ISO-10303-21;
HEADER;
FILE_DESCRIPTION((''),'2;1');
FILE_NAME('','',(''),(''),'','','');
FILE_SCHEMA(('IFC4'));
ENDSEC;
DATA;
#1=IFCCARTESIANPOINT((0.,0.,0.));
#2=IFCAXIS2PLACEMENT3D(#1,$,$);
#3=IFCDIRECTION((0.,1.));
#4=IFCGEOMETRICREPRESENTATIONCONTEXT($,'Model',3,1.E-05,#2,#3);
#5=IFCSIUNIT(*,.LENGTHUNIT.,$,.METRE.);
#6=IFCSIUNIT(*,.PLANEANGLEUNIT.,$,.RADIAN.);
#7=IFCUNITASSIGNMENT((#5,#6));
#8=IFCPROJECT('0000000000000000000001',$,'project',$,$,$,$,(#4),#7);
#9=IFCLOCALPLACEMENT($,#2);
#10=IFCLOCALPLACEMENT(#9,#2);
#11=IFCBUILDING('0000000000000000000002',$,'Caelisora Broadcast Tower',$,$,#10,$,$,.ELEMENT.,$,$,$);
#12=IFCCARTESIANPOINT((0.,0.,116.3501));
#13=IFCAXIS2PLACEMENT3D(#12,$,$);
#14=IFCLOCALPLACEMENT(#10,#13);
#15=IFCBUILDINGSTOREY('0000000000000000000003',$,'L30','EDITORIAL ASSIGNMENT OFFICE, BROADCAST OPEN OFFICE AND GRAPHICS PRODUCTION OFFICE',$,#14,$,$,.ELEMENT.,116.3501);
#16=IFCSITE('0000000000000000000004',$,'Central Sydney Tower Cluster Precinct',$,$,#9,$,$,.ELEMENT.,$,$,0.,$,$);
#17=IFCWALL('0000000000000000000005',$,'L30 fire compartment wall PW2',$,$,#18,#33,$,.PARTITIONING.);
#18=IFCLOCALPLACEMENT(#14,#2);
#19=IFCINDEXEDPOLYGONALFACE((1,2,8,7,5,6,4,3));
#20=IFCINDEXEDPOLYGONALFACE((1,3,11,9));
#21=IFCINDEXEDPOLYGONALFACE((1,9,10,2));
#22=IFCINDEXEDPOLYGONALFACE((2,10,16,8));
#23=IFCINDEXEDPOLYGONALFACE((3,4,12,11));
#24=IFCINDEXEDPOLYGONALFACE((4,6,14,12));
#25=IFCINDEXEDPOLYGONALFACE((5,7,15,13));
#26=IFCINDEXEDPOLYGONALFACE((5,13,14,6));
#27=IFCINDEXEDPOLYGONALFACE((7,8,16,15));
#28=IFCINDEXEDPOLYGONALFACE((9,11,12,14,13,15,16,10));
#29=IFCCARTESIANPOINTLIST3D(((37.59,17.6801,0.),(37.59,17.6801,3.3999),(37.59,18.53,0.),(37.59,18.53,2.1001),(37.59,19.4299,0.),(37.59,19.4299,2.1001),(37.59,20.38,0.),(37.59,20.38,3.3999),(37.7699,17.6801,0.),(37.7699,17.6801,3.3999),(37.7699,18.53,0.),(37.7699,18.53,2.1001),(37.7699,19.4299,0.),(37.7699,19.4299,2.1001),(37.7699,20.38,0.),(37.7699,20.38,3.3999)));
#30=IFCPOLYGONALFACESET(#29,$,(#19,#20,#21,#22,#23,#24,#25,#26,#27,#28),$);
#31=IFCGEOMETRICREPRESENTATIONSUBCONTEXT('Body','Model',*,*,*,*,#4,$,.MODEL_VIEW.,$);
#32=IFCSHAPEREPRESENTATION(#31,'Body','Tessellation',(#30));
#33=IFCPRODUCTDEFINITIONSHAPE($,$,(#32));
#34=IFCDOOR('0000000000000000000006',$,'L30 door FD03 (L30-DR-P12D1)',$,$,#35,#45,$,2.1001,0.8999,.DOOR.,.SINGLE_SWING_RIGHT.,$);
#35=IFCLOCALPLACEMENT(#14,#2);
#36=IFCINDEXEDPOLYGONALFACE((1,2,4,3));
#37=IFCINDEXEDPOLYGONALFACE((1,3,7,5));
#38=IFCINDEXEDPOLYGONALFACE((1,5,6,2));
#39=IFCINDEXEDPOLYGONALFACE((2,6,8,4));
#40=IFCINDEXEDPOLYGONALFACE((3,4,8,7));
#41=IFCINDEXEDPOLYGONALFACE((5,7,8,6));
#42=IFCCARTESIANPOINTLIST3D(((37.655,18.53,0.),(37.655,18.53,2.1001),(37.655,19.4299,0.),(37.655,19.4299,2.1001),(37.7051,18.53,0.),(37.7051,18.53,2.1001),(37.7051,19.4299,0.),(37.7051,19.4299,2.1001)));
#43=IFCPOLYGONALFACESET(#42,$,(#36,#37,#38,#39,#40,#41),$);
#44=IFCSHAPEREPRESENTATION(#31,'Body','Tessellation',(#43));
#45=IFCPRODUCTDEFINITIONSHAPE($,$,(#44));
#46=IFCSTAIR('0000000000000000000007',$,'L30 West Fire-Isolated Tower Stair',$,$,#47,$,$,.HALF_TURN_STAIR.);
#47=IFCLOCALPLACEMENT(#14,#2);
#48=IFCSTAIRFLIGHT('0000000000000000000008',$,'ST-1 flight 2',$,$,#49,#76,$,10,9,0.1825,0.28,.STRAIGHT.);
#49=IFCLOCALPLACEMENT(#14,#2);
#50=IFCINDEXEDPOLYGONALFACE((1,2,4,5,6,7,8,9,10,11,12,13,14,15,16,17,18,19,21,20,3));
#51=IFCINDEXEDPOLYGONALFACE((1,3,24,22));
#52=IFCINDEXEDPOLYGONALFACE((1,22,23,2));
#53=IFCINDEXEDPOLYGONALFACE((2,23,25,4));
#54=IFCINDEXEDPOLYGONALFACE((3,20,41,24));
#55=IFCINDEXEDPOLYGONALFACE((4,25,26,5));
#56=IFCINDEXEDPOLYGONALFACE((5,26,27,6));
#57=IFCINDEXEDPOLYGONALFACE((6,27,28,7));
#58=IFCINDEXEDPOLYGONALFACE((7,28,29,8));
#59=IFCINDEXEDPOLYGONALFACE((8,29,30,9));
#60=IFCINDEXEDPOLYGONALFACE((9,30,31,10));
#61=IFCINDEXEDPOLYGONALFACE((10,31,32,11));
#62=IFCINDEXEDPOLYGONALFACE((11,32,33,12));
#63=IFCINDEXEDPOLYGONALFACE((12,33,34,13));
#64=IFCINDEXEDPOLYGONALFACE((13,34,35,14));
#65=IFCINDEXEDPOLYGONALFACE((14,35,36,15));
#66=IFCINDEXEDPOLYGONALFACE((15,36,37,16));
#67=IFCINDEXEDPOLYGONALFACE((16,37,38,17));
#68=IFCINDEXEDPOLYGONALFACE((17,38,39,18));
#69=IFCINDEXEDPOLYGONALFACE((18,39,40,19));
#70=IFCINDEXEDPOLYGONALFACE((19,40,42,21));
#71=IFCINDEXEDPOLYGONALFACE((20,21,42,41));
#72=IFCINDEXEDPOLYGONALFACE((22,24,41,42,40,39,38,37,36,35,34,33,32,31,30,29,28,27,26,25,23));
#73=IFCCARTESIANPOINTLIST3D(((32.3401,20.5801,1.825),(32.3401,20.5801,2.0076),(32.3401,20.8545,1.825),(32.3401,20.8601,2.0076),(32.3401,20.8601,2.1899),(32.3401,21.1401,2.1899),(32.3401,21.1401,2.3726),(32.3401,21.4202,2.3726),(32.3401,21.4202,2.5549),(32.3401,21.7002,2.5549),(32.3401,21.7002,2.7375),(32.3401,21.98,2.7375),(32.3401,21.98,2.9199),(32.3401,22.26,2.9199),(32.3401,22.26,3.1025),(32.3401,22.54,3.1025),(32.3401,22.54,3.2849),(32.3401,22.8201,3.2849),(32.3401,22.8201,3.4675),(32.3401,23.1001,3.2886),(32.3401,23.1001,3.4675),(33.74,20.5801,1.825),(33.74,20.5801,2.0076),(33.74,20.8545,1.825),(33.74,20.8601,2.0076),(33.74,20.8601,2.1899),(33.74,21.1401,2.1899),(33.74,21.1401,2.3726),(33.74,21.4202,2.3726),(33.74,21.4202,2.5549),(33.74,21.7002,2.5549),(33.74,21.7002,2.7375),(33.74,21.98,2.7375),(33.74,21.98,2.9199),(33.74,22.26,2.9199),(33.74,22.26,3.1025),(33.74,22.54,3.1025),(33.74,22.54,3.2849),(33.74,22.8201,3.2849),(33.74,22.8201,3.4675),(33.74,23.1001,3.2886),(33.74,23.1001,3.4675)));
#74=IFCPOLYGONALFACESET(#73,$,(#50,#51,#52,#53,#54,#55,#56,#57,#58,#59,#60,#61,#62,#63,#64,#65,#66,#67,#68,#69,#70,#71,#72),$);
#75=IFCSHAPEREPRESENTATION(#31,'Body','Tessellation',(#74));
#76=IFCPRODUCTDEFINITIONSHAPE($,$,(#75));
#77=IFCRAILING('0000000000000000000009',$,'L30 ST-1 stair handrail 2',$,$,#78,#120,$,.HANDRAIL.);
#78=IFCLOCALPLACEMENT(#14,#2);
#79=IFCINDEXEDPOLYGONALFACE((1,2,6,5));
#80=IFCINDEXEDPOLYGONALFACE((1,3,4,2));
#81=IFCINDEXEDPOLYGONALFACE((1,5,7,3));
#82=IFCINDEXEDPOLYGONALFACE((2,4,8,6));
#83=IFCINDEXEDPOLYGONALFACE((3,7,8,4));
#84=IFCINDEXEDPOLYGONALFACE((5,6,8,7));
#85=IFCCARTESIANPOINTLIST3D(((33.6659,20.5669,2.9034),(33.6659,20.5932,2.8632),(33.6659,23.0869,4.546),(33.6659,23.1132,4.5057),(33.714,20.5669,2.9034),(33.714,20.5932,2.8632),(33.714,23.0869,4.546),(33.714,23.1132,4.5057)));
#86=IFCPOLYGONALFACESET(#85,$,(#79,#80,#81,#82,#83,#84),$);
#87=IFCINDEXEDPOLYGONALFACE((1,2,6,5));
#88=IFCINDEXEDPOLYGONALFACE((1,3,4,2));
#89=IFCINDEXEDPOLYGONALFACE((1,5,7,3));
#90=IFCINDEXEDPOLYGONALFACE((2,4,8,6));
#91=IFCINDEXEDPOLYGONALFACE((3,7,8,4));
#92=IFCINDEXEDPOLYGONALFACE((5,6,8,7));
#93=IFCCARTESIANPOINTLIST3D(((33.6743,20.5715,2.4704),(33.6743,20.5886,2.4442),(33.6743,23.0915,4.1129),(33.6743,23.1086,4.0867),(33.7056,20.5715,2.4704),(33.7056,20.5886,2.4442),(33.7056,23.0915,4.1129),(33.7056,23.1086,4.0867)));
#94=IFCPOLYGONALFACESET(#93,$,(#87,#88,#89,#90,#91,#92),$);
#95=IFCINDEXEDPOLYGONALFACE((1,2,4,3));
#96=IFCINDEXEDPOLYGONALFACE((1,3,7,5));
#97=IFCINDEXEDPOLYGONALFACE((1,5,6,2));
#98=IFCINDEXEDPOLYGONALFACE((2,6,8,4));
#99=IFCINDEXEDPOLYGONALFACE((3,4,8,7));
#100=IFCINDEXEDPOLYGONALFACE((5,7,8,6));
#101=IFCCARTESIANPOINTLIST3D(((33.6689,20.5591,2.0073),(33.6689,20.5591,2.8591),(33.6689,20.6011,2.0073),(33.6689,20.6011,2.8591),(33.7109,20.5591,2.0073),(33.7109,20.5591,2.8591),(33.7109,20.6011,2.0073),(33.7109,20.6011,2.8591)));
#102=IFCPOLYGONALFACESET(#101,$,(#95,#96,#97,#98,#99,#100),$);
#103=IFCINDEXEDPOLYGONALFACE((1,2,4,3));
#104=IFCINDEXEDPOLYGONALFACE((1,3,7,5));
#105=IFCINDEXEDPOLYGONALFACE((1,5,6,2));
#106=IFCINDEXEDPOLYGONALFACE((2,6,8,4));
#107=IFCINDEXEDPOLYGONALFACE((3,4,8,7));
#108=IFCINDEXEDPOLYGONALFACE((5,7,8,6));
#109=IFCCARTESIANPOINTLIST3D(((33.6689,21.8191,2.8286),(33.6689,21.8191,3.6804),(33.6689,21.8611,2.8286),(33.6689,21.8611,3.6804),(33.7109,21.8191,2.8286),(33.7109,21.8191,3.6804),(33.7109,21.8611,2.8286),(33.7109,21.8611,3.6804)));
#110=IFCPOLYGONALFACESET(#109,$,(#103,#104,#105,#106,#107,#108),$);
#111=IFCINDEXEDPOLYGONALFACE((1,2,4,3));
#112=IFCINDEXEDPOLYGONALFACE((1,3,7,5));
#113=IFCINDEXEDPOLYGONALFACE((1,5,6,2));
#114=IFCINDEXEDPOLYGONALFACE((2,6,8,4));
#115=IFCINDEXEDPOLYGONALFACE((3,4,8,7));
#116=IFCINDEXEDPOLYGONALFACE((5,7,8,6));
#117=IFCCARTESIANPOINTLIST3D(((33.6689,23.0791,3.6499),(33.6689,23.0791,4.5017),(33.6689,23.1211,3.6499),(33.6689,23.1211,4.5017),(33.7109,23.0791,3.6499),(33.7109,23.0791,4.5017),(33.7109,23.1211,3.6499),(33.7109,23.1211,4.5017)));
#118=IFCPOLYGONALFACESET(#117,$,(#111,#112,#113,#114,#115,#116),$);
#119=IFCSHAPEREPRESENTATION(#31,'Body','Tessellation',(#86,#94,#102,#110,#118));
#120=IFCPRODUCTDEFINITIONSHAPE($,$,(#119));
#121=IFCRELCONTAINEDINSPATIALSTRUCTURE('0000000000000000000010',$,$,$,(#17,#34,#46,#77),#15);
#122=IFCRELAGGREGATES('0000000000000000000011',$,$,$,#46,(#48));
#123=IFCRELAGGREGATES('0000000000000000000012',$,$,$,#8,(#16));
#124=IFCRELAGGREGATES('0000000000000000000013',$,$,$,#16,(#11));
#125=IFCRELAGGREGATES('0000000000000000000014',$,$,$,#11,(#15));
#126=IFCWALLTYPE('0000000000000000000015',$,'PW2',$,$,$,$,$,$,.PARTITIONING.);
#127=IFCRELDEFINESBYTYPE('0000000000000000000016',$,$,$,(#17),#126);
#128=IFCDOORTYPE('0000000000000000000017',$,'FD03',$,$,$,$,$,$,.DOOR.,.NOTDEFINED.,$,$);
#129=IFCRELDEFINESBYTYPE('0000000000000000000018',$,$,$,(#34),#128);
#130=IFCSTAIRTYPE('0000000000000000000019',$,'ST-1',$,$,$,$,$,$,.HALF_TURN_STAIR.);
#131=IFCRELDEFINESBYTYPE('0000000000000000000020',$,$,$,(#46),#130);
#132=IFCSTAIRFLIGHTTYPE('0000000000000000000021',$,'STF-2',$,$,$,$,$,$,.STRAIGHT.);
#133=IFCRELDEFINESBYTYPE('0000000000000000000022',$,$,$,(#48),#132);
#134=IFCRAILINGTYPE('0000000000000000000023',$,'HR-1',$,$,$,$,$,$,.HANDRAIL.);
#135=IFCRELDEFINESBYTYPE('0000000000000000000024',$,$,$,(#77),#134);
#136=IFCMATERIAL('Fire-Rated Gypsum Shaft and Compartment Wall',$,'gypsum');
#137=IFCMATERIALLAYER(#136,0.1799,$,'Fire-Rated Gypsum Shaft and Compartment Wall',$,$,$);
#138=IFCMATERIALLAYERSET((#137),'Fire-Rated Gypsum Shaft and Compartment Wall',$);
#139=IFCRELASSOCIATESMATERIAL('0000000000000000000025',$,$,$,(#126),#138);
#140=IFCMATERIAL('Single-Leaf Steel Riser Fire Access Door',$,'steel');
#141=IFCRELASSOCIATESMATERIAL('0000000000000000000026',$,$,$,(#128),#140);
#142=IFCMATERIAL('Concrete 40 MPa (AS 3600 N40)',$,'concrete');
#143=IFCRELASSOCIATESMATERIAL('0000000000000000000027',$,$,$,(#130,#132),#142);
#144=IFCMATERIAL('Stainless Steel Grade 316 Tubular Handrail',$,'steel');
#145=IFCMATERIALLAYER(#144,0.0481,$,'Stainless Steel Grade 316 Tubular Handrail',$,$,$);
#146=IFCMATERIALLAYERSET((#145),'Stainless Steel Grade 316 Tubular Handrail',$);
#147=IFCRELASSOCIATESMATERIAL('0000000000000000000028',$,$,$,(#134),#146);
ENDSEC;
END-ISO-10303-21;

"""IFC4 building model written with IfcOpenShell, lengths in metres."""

from ifc_helpers import new_model, si_unit, direction, frame, frame_2d, origin, origin_2d, place, context, subcontext, project, spatial, polyline, rectangle, outline, extrude, material, layer, layer_set, type_object, element, fill, aggregate, save


model = new_model("IFC4")

# Units and contexts
model_context = context("Model", 3, precision=1e-05, world=origin(), true_north=direction((0.0, 1.0)))
body_context = subcontext(model_context, "Body", "Model", "MODEL_VIEW")
ifc_project = project(units=[si_unit("LENGTHUNIT", "METRE"), si_unit("PLANEANGLEUNIT", "RADIAN")], contexts=[model_context])

# Site, building, storey
site_placement = place(None, origin())
site = spatial("IfcSite", under=ifc_project, at=site_placement, Name="Central Sydney Tower Cluster Precinct", CompositionType="ELEMENT", RefElevation=0.0)
building_placement = place(site_placement, origin())
building = spatial("IfcBuilding", under=site, at=building_placement, Name="Caelisora Broadcast Tower", CompositionType="ELEMENT")
storey_placement = place(building_placement, frame((0.0, 0.0, 116.3501)))
storey = spatial("IfcBuildingStorey", under=building, at=storey_placement, Name="L30", Description="EDITORIAL ASSIGNMENT OFFICE, BROADCAST OPEN OFFICE AND GRAPHICS PRODUCTION OFFICE", CompositionType="ELEMENT", Elevation=116.3501)

# Shared definitions
ifc_material_1 = material(Name="Fire-Rated Gypsum Shaft and Compartment Wall", Category="gypsum")
ifc_layer_1 = layer(ifc_material_1, 0.1799, Name="Fire-Rated Gypsum Shaft and Compartment Wall")
ifc_layer_set_1 = layer_set([ifc_layer_1], Name="Fire-Rated Gypsum Shaft and Compartment Wall")
wall_type_1 = type_object("IfcWallType", Name="PW2", PredefinedType="PARTITIONING", material=ifc_layer_set_1)

# Wall, opening, door
ifc_material_2 = material(Name="Single-Leaf Steel Riser Fire Access Door", Category="steel")
door_type_1 = type_object("IfcDoorType", Name="FD03", OperationType="NOTDEFINED", PredefinedType="DOOR", material=ifc_material_2)
wall_1_placement = place(storey_placement, frame((37.6799, 17.6799, 0.0), z_axis=(0.0, 0.0, 1.0), x_axis=(0.0, 1.0, 0.0)))
wall_1 = element("IfcWall", 1, at=wall_1_placement, inside=storey, type_object=wall_type_1, Name="L30 fire compartment wall PW2", PredefinedType="PARTITIONING", context=body_context, shape_type="SweptSolid", body=[
    extrude(rectangle(XDim=2.7, YDim=0.1799, at=frame_2d((1.3501, 0.0))), origin(), (0.0, 0.0, 1.0), 3.3999),
])
opening_1_placement = place(wall_1_placement, frame((0.8501, 0.0, 0.0)))
opening_1 = element("IfcOpeningElement", 2, at=opening_1_placement, cuts=wall_1, PredefinedType="OPENING", context=body_context, shape_type="SweptSolid", body=[
    extrude(rectangle(XDim=0.8999, YDim=2.1001, at=frame_2d((0.45, 1.05))), frame((0.0, 0.1021, 0.0), z_axis=(0.0, -1.0, 0.0), x_axis=(1.0, 0.0, 0.0)), (0.0, 0.0, 1.0), 0.2039),
])
door_1_placement = place(opening_1_placement, origin())
door_1 = element("IfcDoor", 3, at=door_1_placement, inside=storey, type_object=door_type_1, Name="L30 door FD03 (L30-DR-P12D1)", OperationType="SINGLE_SWING_RIGHT", OverallHeight=2.1001, OverallWidth=0.8999, PredefinedType="DOOR", context=body_context, shape_type="SweptSolid", body=[
    extrude(rectangle(XDim=0.8999, YDim=2.1001, at=frame_2d((0.45, 1.05))), frame((0.0, 0.0249, 0.0), z_axis=(0.0, -1.0, 0.0), x_axis=(1.0, 0.0, 0.0)), (0.0, 0.0, 1.0), 0.05),
])
fill(opening_1, door_1)

# Stair, stair flight
ifc_material_3 = material(Name="Concrete 40 MPa (AS 3600 N40)", Category="concrete")
stair_type = type_object("IfcStairType", Name="ST-1", PredefinedType="HALF_TURN_STAIR", material=ifc_material_3)
stair_placement = place(storey_placement, origin())
stair = element("IfcStair", 4, at=stair_placement, inside=storey, type_object=stair_type, Name="L30 West Fire-Isolated Tower Stair", PredefinedType="HALF_TURN_STAIR")
stair_flight_type = type_object("IfcStairFlightType", Name="STF-2", PredefinedType="STRAIGHT", material=ifc_material_3)
stair_flight_placement = place(storey_placement, frame((33.04, 20.5801, 1.825), z_axis=(0.0, 0.0, 1.0), x_axis=(0.0, 1.0, 0.0)))
stair_flight = element("IfcStairFlight", 5, at=stair_flight_placement, type_object=stair_flight_type, Name="ST-1 flight 2", NumberOfRisers=10, NumberOfTreads=9, PredefinedType="STRAIGHT", RiserHeight=0.1825, TreadLength=0.28, context=body_context, shape_type="SweptSolid", body=[
    extrude(outline(polyline([(0.0, 0.0), (0.0, 0.1826), (0.28, 0.1826), (0.28, 0.365), (0.5601, 0.365), (0.5601, 0.5476), (0.8401, 0.5476), (0.8401, 0.73), (1.1201, 0.73), (1.1201, 0.9126), (1.3999, 0.9126), (1.3999, 1.095), (1.6799, 1.095), (1.6799, 1.2776), (1.96, 1.2776), (1.96, 1.46), (2.24, 1.46), (2.24, 1.6426), (2.52, 1.6426), (2.52, 1.825), (2.52, 1.4636), (0.2744, 0.0), (0.0, 0.0)])), frame((0.0, 0.7, 0.0), z_axis=(0.0, -1.0, 0.0), x_axis=(1.0, 0.0, 0.0)), (0.0, 0.0, 1.0), 1.3999),
])
aggregate(stair, [stair_flight])

# Railing
ifc_material_4 = material(Name="Stainless Steel Grade 316 Tubular Handrail", Category="steel")
ifc_layer_2 = layer(ifc_material_4, 0.0481, Name="Stainless Steel Grade 316 Tubular Handrail")
ifc_layer_set_2 = layer_set([ifc_layer_2], Name="Stainless Steel Grade 316 Tubular Handrail")
railing_type = type_object("IfcRailingType", Name="HR-1", PredefinedType="HANDRAIL", material=ifc_layer_set_2)
railing_placement = place(storey_placement, frame((33.6899, 20.5801, 2.0073)))
element("IfcRailing", 6, at=railing_placement, inside=storey, type_object=railing_type, Name="L30 ST-1 stair handrail 2", PredefinedType="HANDRAIL", context=body_context, shape_type="SweptSolid", body=[
    extrude(rectangle(XDim=0.0481, YDim=0.0481, at=origin_2d()), frame((0.0, 0.0, 0.876), z_axis=(0.0, 0.837749, 0.546055), x_axis=(-1.0, 0.0, 0.0)), (0.0, 0.0, 1.0), 3.0081),
    extrude(rectangle(XDim=0.0312, YDim=0.0312, at=origin_2d()), frame((0.0, 0.0, 0.45), z_axis=(0.0, 0.837749, 0.546055), x_axis=(-1.0, 0.0, 0.0)), (0.0, 0.0, 1.0), 3.0081),
    extrude(rectangle(XDim=0.042, YDim=0.042, at=origin_2d()), origin(), (0.0, 0.0, 1.0), 0.8518),
    extrude(rectangle(XDim=0.042, YDim=0.042, at=origin_2d()), frame((0.0, 1.26, 0.8213)), (0.0, 0.0, 1.0), 0.8518),
    extrude(rectangle(XDim=0.042, YDim=0.042, at=origin_2d()), frame((0.0, 2.52, 1.6426)), (0.0, 0.0, 1.0), 0.8518),
])

save(model, "model.ifc")
